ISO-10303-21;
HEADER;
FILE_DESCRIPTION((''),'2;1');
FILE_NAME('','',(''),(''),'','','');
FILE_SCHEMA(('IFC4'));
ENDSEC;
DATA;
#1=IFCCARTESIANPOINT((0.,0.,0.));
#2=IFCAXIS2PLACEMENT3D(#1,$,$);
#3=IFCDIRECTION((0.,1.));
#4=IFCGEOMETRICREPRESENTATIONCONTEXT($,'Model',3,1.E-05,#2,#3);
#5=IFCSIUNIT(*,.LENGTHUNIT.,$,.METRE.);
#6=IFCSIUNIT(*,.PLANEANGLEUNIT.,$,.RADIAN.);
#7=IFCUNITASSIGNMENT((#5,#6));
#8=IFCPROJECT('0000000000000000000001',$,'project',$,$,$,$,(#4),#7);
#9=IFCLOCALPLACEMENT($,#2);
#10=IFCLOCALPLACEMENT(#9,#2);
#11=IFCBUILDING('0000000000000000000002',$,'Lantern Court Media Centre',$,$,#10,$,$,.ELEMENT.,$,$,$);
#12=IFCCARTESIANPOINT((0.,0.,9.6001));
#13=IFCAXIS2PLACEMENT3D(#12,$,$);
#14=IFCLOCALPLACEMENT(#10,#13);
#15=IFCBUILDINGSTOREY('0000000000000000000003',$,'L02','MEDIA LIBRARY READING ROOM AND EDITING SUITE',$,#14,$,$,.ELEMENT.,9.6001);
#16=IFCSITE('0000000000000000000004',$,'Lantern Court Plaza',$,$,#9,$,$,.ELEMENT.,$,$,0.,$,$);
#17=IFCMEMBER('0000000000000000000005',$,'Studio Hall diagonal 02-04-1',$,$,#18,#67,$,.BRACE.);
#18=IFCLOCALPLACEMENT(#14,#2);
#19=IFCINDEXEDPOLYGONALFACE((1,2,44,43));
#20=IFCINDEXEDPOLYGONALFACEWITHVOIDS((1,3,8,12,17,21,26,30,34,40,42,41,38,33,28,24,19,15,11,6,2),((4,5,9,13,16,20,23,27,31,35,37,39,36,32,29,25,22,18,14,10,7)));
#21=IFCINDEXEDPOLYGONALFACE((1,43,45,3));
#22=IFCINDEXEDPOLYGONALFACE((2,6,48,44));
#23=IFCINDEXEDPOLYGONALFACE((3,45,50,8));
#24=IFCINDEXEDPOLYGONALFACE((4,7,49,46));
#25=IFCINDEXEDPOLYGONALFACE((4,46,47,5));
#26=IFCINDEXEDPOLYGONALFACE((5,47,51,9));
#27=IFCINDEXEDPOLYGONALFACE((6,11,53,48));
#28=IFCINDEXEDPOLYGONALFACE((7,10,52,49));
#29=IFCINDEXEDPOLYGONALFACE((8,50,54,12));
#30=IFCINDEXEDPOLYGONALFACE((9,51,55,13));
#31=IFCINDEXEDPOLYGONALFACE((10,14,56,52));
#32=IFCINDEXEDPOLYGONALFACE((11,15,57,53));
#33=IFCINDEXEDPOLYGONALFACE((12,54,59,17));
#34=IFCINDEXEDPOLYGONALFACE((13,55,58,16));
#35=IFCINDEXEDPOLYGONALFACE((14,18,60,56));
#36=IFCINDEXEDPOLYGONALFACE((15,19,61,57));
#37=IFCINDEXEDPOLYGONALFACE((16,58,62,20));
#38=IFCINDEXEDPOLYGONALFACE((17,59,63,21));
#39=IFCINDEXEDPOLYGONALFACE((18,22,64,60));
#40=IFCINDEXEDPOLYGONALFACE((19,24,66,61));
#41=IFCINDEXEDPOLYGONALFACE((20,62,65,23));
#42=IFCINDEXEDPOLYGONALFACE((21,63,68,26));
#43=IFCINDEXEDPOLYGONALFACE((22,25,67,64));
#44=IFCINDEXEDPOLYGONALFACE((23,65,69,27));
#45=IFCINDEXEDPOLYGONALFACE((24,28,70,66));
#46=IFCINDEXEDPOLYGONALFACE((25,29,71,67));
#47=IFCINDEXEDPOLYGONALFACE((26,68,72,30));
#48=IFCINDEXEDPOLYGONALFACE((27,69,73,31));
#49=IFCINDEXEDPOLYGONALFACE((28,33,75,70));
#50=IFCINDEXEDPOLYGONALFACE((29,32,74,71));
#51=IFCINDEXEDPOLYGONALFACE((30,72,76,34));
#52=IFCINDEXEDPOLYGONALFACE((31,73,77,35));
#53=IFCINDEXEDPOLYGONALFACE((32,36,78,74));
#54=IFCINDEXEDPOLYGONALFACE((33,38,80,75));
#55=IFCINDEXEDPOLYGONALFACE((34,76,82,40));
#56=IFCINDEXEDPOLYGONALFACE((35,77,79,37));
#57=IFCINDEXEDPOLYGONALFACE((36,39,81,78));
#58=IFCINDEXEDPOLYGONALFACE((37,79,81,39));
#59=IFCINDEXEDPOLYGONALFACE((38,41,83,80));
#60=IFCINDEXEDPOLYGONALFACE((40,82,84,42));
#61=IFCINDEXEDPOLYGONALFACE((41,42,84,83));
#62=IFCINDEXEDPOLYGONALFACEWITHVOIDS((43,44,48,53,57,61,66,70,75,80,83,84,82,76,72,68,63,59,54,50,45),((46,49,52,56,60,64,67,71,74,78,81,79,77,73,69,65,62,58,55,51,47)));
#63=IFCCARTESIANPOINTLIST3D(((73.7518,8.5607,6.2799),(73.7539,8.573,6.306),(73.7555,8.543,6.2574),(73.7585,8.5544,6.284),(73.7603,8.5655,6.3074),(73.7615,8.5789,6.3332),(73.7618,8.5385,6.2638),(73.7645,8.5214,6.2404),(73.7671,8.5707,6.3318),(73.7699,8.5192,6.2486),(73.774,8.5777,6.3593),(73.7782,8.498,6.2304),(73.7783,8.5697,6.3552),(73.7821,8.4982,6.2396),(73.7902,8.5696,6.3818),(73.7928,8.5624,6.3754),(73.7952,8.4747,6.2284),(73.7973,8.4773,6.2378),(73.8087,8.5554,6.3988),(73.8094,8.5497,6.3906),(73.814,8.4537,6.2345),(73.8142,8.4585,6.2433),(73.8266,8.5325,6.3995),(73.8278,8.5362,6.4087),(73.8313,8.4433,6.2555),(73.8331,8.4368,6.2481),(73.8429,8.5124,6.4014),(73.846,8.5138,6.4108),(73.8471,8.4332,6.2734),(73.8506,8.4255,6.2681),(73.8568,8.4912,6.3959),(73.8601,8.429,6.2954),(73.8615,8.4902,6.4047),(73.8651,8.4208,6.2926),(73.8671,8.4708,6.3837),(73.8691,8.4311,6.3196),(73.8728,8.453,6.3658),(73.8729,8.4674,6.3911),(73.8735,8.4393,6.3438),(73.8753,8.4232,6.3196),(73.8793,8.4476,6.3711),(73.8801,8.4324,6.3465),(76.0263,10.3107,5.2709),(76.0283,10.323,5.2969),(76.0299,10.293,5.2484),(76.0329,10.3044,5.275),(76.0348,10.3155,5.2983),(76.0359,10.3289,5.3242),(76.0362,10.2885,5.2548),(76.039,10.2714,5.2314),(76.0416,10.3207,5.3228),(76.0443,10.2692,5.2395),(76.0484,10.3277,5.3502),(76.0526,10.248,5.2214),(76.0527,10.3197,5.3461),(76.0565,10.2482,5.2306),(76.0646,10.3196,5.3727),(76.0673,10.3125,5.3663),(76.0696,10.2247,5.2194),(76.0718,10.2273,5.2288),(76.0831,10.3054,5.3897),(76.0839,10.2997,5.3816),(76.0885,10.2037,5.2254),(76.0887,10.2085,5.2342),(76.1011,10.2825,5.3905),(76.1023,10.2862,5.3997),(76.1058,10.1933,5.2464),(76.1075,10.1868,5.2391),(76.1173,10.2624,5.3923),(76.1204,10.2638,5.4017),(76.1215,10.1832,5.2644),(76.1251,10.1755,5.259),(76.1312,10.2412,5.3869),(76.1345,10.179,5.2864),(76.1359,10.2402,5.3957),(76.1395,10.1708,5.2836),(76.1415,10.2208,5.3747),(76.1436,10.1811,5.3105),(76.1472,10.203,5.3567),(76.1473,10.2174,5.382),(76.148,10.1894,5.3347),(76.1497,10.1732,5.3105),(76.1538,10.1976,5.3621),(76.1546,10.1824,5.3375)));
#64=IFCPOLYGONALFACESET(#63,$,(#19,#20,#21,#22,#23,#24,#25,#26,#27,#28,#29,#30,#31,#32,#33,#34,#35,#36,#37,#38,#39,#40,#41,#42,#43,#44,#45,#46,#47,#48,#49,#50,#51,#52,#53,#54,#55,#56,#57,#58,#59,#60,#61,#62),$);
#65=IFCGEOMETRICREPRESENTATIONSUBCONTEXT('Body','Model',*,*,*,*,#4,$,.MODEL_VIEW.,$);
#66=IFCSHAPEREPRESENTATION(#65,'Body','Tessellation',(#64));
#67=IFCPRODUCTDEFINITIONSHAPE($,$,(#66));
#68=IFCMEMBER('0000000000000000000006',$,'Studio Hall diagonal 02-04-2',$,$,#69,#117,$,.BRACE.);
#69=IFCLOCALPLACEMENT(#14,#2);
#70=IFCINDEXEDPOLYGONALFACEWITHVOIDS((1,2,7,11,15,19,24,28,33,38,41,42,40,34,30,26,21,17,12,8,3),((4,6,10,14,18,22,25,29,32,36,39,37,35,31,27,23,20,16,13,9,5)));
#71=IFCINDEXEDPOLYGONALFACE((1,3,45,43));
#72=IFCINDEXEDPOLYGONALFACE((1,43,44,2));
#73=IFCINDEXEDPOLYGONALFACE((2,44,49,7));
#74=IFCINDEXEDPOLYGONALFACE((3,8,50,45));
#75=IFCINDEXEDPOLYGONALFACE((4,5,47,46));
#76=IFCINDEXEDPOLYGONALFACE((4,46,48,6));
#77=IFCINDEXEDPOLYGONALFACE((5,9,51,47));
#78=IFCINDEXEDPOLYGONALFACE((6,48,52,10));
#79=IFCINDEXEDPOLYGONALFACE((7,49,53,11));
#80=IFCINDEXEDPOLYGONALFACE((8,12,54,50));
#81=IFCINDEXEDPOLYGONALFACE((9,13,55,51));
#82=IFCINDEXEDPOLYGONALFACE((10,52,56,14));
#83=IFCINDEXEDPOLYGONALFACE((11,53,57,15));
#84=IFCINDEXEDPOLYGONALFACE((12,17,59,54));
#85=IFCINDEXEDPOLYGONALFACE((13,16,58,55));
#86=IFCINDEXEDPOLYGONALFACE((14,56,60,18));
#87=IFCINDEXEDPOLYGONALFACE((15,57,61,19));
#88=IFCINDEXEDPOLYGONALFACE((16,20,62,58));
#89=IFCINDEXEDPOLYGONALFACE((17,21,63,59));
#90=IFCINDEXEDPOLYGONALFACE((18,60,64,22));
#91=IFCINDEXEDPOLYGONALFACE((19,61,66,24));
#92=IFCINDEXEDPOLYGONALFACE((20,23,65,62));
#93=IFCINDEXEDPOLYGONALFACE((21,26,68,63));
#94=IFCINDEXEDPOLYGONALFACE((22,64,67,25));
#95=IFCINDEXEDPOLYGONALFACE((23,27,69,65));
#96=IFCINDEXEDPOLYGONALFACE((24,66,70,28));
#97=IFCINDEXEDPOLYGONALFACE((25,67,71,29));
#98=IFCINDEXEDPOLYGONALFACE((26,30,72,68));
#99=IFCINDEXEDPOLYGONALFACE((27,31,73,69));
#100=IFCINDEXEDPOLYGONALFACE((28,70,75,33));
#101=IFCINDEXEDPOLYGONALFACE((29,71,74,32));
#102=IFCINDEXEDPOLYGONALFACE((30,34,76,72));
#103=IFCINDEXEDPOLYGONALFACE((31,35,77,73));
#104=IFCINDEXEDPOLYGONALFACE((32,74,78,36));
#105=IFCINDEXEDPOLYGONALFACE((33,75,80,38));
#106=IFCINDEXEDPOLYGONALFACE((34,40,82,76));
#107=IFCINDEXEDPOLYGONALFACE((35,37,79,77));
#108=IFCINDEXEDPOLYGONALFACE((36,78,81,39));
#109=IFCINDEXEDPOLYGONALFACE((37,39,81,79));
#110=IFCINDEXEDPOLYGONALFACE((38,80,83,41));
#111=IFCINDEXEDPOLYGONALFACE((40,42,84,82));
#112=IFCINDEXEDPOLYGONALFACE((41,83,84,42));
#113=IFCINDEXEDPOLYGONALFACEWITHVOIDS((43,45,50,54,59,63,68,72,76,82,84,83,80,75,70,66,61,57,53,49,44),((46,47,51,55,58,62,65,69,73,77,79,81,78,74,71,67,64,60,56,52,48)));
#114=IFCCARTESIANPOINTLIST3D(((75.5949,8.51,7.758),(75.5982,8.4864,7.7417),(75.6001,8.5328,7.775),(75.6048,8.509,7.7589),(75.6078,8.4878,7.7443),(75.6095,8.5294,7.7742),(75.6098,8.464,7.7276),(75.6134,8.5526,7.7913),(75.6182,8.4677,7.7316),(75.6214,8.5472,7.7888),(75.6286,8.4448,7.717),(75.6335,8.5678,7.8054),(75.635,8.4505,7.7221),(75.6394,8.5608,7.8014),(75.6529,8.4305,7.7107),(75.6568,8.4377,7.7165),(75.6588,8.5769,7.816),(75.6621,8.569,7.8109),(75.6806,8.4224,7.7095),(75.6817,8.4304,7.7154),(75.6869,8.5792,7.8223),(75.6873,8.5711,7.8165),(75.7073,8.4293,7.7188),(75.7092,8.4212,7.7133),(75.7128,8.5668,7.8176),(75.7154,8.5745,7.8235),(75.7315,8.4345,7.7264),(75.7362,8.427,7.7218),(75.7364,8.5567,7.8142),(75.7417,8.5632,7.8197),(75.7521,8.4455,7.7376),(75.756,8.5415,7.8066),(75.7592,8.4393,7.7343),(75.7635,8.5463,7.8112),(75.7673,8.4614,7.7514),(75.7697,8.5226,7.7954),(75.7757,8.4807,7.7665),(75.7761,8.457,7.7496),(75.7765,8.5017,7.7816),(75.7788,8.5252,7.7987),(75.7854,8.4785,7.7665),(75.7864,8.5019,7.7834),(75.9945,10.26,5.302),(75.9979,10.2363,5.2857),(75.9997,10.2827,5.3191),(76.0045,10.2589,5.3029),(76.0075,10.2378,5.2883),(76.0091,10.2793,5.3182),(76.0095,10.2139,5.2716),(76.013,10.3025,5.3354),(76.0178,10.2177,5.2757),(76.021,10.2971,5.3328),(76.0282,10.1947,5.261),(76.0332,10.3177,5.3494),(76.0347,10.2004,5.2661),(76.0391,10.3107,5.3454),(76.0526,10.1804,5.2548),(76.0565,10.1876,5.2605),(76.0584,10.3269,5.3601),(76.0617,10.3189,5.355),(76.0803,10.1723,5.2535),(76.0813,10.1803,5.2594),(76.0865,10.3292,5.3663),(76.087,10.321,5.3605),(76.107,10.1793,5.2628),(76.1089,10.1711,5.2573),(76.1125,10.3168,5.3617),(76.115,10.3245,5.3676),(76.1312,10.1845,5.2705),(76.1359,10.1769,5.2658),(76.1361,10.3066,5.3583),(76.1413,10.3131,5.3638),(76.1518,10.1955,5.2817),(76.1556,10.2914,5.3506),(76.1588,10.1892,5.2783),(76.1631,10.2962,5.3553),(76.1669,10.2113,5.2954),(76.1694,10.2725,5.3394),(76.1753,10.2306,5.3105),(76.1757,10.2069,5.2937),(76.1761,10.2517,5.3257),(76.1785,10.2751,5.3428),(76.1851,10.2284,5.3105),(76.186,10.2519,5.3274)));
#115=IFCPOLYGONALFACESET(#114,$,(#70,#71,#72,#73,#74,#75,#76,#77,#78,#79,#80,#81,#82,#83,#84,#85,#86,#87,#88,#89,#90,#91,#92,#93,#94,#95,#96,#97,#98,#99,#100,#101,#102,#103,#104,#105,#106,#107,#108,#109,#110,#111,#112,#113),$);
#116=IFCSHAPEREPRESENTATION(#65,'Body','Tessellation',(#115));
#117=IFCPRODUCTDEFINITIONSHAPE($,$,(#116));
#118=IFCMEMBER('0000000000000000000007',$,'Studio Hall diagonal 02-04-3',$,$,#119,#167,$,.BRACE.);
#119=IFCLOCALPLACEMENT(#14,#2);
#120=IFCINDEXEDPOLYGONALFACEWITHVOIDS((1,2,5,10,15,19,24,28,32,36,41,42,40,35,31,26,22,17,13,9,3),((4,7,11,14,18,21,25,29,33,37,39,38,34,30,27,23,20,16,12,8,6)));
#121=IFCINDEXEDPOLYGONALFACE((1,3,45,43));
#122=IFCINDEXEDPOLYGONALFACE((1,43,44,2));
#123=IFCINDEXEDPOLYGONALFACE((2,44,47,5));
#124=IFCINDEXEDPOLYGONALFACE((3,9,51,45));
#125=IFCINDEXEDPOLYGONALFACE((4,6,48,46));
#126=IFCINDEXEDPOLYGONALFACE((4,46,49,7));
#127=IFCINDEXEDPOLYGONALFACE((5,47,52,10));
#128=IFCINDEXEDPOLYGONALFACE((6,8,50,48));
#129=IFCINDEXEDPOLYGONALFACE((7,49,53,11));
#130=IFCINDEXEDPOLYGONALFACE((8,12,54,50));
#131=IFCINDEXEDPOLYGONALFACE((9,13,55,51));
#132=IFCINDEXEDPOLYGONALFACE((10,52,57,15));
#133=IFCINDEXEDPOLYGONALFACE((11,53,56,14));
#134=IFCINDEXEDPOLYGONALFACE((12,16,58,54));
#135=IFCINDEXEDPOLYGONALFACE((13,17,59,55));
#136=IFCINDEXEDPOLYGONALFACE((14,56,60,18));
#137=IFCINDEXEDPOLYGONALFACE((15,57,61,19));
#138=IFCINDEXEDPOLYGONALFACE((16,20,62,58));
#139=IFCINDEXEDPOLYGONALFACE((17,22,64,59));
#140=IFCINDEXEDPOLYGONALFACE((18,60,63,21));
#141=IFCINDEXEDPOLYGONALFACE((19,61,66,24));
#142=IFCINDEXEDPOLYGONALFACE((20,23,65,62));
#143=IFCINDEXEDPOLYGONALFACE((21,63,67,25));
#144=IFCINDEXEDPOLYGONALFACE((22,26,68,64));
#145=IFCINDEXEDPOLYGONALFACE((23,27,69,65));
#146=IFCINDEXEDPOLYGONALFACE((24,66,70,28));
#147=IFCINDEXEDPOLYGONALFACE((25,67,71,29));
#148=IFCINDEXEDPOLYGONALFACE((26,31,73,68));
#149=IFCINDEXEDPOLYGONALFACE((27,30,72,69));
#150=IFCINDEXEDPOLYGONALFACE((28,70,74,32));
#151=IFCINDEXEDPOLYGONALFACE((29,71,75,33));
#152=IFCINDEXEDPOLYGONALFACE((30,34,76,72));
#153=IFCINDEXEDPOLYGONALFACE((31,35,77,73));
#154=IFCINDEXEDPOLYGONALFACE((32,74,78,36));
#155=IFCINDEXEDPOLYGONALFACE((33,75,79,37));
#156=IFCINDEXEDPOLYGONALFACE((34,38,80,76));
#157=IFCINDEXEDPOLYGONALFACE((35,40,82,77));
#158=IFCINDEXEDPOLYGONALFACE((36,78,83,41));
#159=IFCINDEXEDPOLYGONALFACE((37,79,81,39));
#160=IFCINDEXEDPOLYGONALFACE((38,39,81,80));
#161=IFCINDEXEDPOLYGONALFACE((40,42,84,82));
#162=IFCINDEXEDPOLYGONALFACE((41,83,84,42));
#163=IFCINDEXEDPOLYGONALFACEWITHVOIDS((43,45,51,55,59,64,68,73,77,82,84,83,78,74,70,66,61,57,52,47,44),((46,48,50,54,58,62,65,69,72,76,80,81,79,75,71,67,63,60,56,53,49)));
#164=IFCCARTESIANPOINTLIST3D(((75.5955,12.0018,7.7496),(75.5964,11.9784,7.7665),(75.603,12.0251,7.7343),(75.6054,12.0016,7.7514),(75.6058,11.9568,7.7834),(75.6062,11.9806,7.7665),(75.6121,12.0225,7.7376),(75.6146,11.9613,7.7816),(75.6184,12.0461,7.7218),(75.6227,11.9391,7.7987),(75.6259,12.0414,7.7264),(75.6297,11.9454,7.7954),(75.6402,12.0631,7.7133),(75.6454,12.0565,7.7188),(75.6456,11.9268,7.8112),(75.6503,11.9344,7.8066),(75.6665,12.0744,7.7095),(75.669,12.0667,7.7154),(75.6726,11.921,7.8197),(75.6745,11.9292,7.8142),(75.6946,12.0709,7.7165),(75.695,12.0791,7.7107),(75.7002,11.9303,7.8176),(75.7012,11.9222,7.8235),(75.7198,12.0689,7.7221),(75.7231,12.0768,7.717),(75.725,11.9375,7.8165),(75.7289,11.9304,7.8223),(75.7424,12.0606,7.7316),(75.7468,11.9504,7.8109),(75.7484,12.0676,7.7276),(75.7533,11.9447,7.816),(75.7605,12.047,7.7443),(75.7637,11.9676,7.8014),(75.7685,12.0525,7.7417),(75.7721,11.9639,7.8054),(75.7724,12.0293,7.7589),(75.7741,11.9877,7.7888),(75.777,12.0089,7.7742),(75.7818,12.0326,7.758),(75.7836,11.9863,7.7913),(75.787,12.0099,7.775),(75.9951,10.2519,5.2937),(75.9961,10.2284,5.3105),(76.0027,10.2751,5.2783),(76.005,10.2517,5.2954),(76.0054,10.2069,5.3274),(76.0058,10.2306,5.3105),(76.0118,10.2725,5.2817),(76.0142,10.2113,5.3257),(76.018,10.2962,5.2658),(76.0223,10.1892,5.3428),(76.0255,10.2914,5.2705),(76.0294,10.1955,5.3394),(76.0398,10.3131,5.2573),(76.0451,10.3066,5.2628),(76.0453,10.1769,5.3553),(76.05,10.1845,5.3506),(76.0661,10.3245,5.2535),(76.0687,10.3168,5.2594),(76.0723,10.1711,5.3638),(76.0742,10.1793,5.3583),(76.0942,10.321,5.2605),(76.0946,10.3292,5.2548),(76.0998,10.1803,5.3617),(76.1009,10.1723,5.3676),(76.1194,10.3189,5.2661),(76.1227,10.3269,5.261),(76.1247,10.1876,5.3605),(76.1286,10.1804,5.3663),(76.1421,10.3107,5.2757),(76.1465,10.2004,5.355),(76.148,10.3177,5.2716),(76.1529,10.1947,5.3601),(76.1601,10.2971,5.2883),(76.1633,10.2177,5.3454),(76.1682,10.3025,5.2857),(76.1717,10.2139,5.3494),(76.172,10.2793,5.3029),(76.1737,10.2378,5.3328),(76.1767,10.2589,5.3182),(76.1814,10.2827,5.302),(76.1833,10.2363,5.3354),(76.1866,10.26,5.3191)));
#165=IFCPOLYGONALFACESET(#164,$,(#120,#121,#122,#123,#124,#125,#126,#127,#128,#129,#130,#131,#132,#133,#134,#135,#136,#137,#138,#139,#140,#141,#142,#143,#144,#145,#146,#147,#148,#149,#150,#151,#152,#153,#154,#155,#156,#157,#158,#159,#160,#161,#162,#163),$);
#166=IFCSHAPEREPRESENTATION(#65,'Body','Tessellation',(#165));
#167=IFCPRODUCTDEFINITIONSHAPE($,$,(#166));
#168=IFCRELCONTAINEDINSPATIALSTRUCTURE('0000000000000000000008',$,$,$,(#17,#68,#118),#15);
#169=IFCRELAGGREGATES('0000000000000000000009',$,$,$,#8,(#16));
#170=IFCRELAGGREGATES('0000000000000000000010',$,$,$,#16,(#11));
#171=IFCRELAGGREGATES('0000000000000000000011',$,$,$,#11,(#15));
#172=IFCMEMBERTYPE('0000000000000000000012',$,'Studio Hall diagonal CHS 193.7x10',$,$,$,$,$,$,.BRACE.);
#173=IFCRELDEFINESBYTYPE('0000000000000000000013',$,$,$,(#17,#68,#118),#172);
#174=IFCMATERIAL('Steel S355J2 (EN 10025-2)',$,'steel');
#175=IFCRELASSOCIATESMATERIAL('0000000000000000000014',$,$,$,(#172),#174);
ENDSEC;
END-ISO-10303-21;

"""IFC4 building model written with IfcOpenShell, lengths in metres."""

from ifc_helpers import new_model, si_unit, direction, frame, origin, origin_2d, place, context, subcontext, project, spatial, hollow_circle, extrude, material, material_profile, profile_set, type_object, element, save


model = new_model("IFC4")

# Units and contexts
model_context = context("Model", 3, precision=1e-05, world=origin(), true_north=direction((0.0, 1.0)))
body_context = subcontext(model_context, "Body", "Model", "MODEL_VIEW")
ifc_project = project(units=[si_unit("LENGTHUNIT", "METRE"), si_unit("PLANEANGLEUNIT", "RADIAN")], contexts=[model_context])

# Site, building, storey
site_placement = place(None, origin())
site = spatial("IfcSite", under=ifc_project, at=site_placement, Name="Lantern Court Plaza", CompositionType="ELEMENT", RefElevation=0.0)
building_placement = place(site_placement, origin())
building = spatial("IfcBuilding", under=site, at=building_placement, Name="Lantern Court Media Centre", CompositionType="ELEMENT")
storey_placement = place(building_placement, frame((0.0, 0.0, 9.6001)))
storey = spatial("IfcBuildingStorey", under=building, at=storey_placement, Name="L02", Description="MEDIA LIBRARY READING ROOM AND EDITING SUITE", CompositionType="ELEMENT", Elevation=9.6001)

# Members
ifc_material_1 = material(Name="Steel S355J2 (EN 10025-2)", Category="steel")
ifc_material_profile_1 = material_profile(ifc_material_1, hollow_circle(Radius=0.0969, WallThickness=0.01, at=origin_2d()), Name="Studio Hall diagonal CHS 193.7x10")
ifc_profile_set_1 = profile_set([ifc_material_profile_1], Name="Steel S355J2 (EN 10025-2)")
member_type_1 = type_object("IfcMemberType", Name="Studio Hall diagonal CHS 193.7x10", PredefinedType="BRACE", material=ifc_profile_set_1)
for number, where, z_axis, x_axis, name in (
    (1, (76.0906, 10.25, 5.3105), (-0.747677, -0.575284, 0.331703), (0.609809, -0.792548, 0.0), "Studio Hall diagonal 02-04-1"),
    (2, (76.0906, 10.25, 5.3105), (-0.131375, -0.575259, 0.807352), (0.9749, -0.222644, 0.0), "Studio Hall diagonal 02-04-2"),
    (3, (76.0906, 10.25, 5.3105), (-0.131375, 0.575259, 0.807352), (-0.9749, -0.222644, 0.0), "Studio Hall diagonal 02-04-3"),
):
    element("IfcMember", number, at=place(storey_placement, frame(where, z_axis=z_axis, x_axis=x_axis)), inside=storey, type_object=member_type_1, Name=name, PredefinedType="BRACE", context=body_context, shape_type="SweptSolid", body=[
        extrude(hollow_circle(Radius=0.0969, WallThickness=0.01, at=origin_2d()), origin(), (0.0, 0.0, 1.0), 3.042),
    ])

save(model, "model.ifc")
